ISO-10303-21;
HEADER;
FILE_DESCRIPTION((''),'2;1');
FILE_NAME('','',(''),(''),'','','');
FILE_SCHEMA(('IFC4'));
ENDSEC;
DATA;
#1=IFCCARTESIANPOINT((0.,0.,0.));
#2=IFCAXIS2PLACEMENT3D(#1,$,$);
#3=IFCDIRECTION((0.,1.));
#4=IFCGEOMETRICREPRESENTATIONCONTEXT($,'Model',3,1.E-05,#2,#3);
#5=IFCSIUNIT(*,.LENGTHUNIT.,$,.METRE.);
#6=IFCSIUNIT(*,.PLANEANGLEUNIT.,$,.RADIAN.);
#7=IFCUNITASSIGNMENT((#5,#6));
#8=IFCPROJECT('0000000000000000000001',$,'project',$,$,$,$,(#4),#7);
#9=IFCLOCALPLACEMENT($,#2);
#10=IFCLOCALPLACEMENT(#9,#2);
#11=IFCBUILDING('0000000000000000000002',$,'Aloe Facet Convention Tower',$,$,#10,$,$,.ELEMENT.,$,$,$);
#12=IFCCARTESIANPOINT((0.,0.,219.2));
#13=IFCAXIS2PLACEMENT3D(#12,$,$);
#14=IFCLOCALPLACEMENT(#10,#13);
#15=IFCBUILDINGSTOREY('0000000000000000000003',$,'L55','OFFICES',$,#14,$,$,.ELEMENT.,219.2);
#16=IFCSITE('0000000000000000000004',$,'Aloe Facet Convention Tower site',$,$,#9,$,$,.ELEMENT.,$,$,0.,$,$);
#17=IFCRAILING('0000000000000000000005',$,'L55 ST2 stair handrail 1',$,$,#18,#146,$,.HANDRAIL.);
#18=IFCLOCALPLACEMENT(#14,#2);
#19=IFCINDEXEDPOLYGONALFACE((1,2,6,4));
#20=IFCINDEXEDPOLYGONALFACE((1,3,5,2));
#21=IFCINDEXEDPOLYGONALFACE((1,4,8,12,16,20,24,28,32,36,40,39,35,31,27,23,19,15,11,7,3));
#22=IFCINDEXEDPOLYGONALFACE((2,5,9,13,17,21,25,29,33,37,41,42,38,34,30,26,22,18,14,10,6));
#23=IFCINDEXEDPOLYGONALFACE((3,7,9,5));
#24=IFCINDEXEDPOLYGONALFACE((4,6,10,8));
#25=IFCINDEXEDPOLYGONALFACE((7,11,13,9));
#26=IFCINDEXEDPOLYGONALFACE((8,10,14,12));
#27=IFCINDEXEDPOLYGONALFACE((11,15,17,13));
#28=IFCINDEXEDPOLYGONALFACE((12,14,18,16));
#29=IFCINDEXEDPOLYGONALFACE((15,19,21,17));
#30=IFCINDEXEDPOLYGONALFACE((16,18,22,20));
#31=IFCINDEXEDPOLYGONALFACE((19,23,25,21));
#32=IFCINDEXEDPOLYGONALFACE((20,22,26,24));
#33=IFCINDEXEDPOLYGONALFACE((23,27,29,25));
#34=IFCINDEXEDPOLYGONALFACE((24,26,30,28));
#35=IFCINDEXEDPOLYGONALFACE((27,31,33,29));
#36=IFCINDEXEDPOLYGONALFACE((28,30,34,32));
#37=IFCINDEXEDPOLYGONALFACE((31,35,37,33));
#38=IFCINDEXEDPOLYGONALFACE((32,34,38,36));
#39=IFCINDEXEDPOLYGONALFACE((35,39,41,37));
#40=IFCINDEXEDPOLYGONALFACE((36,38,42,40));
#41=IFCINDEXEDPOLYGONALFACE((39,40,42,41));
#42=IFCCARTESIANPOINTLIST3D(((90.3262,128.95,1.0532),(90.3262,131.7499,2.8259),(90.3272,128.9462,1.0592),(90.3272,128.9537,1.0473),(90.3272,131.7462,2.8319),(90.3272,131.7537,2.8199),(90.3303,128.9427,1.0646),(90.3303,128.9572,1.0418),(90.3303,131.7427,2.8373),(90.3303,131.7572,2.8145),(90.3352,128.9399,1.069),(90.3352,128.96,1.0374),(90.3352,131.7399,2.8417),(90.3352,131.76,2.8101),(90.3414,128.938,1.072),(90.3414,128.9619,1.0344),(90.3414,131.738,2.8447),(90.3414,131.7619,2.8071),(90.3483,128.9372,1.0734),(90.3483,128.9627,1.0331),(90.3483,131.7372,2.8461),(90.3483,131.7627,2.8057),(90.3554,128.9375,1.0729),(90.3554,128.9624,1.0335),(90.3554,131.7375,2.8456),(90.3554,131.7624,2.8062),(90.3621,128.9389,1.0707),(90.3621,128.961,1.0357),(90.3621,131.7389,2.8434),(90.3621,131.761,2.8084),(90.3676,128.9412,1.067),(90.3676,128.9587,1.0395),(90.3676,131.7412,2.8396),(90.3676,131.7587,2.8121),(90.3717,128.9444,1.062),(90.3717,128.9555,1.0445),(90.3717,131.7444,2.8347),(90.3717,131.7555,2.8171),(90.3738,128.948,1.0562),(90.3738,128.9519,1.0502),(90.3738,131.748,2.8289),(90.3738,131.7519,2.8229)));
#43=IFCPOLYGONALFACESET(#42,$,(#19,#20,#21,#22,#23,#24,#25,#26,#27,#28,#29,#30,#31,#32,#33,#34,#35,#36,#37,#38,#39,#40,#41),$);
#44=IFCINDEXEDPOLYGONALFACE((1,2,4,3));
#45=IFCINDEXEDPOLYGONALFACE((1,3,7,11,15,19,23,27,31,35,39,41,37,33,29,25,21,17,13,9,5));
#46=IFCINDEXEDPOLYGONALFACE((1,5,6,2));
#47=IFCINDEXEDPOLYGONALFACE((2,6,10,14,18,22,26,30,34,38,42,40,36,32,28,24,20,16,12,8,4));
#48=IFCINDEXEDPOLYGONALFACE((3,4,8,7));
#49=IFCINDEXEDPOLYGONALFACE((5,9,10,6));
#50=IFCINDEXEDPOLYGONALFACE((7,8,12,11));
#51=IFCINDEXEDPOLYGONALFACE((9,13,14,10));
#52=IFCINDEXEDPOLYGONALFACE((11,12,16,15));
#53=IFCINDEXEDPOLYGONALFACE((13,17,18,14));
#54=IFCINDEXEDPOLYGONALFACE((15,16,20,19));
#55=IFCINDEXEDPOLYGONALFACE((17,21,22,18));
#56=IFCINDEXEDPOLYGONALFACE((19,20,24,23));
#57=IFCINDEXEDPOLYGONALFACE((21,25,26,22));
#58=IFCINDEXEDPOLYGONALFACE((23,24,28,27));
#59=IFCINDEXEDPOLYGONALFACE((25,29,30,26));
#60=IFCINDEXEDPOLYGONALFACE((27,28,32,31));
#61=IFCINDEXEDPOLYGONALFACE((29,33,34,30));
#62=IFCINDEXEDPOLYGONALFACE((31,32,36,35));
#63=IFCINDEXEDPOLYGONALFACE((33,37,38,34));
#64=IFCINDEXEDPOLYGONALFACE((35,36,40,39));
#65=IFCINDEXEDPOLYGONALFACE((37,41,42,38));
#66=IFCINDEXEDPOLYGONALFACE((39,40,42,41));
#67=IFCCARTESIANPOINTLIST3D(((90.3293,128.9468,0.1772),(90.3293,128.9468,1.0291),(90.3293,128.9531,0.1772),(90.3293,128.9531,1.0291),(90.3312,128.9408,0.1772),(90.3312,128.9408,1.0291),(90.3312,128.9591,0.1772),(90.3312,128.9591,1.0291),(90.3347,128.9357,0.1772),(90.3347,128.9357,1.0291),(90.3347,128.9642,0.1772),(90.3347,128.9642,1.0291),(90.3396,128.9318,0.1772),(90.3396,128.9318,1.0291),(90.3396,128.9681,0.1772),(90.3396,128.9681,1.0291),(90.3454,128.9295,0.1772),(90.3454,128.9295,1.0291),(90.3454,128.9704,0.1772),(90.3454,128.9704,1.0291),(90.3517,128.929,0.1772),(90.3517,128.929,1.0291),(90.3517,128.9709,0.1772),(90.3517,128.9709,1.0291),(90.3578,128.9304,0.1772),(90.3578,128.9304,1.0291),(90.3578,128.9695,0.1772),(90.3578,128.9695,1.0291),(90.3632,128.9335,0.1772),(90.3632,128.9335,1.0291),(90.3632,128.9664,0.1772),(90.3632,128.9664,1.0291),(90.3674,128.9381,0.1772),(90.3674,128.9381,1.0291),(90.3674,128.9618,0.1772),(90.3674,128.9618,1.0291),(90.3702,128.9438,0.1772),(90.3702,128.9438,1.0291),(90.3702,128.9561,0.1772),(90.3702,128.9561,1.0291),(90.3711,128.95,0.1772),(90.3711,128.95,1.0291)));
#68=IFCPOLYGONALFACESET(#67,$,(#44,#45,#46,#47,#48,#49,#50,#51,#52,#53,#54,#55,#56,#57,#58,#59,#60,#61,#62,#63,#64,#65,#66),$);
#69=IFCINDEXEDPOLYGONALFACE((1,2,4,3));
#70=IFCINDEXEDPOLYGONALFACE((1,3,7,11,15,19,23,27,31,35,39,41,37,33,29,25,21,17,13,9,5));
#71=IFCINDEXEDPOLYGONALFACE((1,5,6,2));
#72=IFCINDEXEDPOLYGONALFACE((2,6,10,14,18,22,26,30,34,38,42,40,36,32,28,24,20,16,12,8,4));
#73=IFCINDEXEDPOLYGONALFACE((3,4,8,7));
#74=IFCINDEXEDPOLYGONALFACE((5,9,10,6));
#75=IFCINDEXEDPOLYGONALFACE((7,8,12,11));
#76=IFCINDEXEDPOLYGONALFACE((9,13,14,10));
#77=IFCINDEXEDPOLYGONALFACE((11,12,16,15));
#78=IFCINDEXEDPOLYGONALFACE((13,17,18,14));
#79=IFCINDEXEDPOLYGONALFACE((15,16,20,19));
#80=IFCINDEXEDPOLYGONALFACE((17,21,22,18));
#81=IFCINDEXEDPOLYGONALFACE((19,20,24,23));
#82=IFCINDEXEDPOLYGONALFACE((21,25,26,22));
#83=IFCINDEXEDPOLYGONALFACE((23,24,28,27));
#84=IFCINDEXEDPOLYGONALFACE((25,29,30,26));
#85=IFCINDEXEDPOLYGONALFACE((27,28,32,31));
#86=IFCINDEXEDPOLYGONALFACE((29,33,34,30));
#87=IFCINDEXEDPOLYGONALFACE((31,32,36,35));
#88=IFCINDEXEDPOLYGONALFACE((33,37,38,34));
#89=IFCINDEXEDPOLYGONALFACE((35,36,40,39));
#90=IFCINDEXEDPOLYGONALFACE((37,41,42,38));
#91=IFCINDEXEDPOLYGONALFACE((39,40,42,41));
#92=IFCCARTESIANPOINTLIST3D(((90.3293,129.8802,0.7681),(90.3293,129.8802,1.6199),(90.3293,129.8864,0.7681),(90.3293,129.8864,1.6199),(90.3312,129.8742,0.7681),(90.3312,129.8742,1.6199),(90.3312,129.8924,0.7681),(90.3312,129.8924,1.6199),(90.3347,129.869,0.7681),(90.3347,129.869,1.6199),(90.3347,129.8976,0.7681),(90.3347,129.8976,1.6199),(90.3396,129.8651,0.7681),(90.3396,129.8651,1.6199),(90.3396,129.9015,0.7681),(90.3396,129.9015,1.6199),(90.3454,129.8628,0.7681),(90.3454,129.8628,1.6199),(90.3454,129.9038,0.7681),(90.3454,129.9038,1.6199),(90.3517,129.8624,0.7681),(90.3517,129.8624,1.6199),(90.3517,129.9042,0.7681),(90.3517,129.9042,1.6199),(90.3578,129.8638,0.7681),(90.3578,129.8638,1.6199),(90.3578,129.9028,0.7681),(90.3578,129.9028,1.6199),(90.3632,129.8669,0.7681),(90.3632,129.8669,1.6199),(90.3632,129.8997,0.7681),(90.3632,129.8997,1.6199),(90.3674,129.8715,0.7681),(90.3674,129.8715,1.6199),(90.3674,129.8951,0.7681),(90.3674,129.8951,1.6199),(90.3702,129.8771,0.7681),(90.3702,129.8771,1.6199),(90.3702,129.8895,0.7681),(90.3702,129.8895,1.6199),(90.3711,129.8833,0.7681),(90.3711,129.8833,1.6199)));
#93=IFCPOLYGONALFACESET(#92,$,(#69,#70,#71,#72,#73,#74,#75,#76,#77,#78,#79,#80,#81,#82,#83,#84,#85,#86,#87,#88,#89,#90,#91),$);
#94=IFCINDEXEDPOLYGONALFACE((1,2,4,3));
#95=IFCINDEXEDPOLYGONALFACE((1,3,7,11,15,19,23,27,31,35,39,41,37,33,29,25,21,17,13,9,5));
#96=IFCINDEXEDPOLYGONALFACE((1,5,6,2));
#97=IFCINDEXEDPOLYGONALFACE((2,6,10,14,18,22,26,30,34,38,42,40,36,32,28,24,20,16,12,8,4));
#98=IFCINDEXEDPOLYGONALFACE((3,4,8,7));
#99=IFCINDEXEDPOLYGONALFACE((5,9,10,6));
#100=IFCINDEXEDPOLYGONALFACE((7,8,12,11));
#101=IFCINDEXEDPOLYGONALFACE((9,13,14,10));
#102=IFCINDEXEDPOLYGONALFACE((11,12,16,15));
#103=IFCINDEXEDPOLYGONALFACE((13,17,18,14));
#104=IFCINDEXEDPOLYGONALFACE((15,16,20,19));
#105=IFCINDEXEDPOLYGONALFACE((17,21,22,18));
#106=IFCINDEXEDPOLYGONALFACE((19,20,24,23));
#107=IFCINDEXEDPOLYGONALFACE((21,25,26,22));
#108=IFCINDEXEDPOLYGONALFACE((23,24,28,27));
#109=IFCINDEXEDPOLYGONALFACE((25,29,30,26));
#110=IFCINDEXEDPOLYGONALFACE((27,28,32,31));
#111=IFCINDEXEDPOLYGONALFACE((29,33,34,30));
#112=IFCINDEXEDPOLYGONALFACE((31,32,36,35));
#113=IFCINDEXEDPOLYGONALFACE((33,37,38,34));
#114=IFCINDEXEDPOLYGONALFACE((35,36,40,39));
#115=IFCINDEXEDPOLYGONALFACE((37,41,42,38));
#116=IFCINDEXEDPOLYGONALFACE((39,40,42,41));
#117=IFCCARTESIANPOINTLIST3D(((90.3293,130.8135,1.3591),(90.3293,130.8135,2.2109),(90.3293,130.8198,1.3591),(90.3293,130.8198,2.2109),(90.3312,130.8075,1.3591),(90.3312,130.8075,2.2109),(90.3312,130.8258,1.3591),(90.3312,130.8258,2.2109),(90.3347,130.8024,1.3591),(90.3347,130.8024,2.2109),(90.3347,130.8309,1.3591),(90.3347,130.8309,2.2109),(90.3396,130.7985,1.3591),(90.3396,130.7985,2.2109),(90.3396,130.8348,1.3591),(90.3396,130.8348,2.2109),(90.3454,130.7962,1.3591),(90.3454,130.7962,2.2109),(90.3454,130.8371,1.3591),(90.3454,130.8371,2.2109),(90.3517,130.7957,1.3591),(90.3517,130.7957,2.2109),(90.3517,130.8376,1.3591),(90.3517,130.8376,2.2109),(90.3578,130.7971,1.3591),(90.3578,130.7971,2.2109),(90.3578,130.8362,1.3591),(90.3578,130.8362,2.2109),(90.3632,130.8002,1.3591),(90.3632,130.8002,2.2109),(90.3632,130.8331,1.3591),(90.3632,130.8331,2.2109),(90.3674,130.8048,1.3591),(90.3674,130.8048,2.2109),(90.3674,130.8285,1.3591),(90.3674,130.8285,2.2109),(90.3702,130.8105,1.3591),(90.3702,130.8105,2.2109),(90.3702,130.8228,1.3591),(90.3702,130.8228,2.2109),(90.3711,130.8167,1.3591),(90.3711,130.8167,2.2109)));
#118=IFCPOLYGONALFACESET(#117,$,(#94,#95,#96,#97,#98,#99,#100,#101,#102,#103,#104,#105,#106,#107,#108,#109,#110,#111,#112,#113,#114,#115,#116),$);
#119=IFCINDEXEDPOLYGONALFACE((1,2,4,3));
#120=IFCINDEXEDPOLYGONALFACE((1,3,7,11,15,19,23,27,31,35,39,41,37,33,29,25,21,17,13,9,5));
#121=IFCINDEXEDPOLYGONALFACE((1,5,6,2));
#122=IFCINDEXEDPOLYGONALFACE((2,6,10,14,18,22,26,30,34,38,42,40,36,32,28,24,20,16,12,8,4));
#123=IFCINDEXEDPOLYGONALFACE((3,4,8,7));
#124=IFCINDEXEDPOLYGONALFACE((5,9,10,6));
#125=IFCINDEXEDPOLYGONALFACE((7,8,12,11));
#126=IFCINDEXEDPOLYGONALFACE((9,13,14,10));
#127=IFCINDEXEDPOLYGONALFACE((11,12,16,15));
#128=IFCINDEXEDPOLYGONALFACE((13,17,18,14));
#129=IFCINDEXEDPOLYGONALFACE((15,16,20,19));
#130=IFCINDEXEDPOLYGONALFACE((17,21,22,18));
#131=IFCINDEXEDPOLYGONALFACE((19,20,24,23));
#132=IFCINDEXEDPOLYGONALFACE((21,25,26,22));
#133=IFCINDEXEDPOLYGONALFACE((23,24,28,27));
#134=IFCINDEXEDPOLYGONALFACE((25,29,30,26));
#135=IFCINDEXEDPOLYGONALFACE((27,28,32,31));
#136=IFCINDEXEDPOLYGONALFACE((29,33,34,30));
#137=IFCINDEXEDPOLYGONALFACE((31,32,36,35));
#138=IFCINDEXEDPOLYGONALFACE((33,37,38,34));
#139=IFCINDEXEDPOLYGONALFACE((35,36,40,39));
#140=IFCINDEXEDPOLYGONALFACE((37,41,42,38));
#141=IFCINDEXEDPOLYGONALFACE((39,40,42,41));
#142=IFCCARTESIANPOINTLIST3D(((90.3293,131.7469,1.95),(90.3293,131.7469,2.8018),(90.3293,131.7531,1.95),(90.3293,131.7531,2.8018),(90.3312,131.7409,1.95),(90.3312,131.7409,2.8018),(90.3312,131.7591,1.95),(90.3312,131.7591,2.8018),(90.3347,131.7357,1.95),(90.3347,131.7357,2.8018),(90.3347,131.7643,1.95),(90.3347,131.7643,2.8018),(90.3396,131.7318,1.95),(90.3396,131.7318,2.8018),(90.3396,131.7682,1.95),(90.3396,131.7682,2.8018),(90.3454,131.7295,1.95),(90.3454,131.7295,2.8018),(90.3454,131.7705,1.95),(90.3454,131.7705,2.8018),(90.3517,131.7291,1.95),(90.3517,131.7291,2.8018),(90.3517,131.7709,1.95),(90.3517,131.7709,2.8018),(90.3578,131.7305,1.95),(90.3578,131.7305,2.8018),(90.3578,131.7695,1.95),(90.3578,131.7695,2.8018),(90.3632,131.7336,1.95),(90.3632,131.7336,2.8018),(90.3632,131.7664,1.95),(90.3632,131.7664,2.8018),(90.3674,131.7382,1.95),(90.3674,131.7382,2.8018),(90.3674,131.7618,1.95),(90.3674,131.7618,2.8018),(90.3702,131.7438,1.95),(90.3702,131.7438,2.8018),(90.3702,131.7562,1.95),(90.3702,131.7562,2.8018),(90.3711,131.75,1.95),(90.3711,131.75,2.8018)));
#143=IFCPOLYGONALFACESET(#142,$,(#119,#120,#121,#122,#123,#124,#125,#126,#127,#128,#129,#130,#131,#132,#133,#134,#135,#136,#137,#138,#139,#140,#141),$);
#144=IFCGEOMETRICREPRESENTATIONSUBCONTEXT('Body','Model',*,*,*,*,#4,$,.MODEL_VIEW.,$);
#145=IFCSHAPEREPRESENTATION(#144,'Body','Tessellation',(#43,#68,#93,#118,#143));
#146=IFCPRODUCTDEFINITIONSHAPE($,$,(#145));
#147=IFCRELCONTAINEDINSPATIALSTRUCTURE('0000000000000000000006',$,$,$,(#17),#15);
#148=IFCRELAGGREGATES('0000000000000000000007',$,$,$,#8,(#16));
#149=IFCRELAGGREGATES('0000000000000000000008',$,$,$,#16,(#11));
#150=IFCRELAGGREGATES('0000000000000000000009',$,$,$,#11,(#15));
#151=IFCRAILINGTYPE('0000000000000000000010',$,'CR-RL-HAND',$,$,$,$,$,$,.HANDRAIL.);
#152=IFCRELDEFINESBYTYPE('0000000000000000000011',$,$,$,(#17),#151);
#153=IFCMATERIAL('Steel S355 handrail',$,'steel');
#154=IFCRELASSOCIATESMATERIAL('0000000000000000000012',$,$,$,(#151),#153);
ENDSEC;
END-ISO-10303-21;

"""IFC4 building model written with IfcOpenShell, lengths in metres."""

from ifc_helpers import new_model, si_unit, direction, frame, origin, origin_2d, place, context, subcontext, project, spatial, circle, extrude, material, type_object, element, save


model = new_model("IFC4")

# Units and contexts
model_context = context("Model", 3, precision=1e-05, world=origin(), true_north=direction((0.0, 1.0)))
body_context = subcontext(model_context, "Body", "Model", "MODEL_VIEW")
ifc_project = project(units=[si_unit("LENGTHUNIT", "METRE"), si_unit("PLANEANGLEUNIT", "RADIAN")], contexts=[model_context])

# Site, building, storey
site_placement = place(None, origin())
site = spatial("IfcSite", under=ifc_project, at=site_placement, Name="Aloe Facet Convention Tower site", CompositionType="ELEMENT", RefElevation=0.0)
building_placement = place(site_placement, origin())
building = spatial("IfcBuilding", under=site, at=building_placement, Name="Aloe Facet Convention Tower", CompositionType="ELEMENT")
storey_placement = place(building_placement, frame((0.0, 0.0, 219.2)))
storey = spatial("IfcBuildingStorey", under=building, at=storey_placement, Name="L55", Description="OFFICES", CompositionType="ELEMENT", Elevation=219.2)

# Railing
ifc_material_1 = material(Name="Steel S355 handrail", Category="steel")
railing_type_1 = type_object("IfcRailingType", Name="CR-RL-HAND", PredefinedType="HANDRAIL", material=ifc_material_1)
railing_1_placement = place(storey_placement, frame((90.3501, 128.95, 0.1772)))
element("IfcRailing", 1, at=railing_1_placement, inside=storey, type_object=railing_type_1, Name="L55 ST2 stair handrail 1", PredefinedType="HANDRAIL", context=body_context, shape_type="SweptSolid", body=[
    extrude(circle(Radius=0.0239, at=origin_2d()), frame((0.0, 0.0, 0.876), z_axis=(0.0, 0.844909, 0.53491), x_axis=(-1.0, 0.0, 0.0)), (0.0, 0.0, 1.0), 3.314),
    extrude(circle(Radius=0.021, at=origin_2d()), origin(), (0.0, 0.0, 1.0), 0.8518),
    extrude(circle(Radius=0.021, at=origin_2d()), frame((0.0, 0.9333, 0.5908)), (0.0, 0.0, 1.0), 0.8518),
    extrude(circle(Radius=0.021, at=origin_2d()), frame((0.0, 1.8667, 1.1819)), (0.0, 0.0, 1.0), 0.8518),
    extrude(circle(Radius=0.021, at=origin_2d()), frame((0.0, 2.8, 1.7727)), (0.0, 0.0, 1.0), 0.8518),
])

save(model, "model.ifc")
